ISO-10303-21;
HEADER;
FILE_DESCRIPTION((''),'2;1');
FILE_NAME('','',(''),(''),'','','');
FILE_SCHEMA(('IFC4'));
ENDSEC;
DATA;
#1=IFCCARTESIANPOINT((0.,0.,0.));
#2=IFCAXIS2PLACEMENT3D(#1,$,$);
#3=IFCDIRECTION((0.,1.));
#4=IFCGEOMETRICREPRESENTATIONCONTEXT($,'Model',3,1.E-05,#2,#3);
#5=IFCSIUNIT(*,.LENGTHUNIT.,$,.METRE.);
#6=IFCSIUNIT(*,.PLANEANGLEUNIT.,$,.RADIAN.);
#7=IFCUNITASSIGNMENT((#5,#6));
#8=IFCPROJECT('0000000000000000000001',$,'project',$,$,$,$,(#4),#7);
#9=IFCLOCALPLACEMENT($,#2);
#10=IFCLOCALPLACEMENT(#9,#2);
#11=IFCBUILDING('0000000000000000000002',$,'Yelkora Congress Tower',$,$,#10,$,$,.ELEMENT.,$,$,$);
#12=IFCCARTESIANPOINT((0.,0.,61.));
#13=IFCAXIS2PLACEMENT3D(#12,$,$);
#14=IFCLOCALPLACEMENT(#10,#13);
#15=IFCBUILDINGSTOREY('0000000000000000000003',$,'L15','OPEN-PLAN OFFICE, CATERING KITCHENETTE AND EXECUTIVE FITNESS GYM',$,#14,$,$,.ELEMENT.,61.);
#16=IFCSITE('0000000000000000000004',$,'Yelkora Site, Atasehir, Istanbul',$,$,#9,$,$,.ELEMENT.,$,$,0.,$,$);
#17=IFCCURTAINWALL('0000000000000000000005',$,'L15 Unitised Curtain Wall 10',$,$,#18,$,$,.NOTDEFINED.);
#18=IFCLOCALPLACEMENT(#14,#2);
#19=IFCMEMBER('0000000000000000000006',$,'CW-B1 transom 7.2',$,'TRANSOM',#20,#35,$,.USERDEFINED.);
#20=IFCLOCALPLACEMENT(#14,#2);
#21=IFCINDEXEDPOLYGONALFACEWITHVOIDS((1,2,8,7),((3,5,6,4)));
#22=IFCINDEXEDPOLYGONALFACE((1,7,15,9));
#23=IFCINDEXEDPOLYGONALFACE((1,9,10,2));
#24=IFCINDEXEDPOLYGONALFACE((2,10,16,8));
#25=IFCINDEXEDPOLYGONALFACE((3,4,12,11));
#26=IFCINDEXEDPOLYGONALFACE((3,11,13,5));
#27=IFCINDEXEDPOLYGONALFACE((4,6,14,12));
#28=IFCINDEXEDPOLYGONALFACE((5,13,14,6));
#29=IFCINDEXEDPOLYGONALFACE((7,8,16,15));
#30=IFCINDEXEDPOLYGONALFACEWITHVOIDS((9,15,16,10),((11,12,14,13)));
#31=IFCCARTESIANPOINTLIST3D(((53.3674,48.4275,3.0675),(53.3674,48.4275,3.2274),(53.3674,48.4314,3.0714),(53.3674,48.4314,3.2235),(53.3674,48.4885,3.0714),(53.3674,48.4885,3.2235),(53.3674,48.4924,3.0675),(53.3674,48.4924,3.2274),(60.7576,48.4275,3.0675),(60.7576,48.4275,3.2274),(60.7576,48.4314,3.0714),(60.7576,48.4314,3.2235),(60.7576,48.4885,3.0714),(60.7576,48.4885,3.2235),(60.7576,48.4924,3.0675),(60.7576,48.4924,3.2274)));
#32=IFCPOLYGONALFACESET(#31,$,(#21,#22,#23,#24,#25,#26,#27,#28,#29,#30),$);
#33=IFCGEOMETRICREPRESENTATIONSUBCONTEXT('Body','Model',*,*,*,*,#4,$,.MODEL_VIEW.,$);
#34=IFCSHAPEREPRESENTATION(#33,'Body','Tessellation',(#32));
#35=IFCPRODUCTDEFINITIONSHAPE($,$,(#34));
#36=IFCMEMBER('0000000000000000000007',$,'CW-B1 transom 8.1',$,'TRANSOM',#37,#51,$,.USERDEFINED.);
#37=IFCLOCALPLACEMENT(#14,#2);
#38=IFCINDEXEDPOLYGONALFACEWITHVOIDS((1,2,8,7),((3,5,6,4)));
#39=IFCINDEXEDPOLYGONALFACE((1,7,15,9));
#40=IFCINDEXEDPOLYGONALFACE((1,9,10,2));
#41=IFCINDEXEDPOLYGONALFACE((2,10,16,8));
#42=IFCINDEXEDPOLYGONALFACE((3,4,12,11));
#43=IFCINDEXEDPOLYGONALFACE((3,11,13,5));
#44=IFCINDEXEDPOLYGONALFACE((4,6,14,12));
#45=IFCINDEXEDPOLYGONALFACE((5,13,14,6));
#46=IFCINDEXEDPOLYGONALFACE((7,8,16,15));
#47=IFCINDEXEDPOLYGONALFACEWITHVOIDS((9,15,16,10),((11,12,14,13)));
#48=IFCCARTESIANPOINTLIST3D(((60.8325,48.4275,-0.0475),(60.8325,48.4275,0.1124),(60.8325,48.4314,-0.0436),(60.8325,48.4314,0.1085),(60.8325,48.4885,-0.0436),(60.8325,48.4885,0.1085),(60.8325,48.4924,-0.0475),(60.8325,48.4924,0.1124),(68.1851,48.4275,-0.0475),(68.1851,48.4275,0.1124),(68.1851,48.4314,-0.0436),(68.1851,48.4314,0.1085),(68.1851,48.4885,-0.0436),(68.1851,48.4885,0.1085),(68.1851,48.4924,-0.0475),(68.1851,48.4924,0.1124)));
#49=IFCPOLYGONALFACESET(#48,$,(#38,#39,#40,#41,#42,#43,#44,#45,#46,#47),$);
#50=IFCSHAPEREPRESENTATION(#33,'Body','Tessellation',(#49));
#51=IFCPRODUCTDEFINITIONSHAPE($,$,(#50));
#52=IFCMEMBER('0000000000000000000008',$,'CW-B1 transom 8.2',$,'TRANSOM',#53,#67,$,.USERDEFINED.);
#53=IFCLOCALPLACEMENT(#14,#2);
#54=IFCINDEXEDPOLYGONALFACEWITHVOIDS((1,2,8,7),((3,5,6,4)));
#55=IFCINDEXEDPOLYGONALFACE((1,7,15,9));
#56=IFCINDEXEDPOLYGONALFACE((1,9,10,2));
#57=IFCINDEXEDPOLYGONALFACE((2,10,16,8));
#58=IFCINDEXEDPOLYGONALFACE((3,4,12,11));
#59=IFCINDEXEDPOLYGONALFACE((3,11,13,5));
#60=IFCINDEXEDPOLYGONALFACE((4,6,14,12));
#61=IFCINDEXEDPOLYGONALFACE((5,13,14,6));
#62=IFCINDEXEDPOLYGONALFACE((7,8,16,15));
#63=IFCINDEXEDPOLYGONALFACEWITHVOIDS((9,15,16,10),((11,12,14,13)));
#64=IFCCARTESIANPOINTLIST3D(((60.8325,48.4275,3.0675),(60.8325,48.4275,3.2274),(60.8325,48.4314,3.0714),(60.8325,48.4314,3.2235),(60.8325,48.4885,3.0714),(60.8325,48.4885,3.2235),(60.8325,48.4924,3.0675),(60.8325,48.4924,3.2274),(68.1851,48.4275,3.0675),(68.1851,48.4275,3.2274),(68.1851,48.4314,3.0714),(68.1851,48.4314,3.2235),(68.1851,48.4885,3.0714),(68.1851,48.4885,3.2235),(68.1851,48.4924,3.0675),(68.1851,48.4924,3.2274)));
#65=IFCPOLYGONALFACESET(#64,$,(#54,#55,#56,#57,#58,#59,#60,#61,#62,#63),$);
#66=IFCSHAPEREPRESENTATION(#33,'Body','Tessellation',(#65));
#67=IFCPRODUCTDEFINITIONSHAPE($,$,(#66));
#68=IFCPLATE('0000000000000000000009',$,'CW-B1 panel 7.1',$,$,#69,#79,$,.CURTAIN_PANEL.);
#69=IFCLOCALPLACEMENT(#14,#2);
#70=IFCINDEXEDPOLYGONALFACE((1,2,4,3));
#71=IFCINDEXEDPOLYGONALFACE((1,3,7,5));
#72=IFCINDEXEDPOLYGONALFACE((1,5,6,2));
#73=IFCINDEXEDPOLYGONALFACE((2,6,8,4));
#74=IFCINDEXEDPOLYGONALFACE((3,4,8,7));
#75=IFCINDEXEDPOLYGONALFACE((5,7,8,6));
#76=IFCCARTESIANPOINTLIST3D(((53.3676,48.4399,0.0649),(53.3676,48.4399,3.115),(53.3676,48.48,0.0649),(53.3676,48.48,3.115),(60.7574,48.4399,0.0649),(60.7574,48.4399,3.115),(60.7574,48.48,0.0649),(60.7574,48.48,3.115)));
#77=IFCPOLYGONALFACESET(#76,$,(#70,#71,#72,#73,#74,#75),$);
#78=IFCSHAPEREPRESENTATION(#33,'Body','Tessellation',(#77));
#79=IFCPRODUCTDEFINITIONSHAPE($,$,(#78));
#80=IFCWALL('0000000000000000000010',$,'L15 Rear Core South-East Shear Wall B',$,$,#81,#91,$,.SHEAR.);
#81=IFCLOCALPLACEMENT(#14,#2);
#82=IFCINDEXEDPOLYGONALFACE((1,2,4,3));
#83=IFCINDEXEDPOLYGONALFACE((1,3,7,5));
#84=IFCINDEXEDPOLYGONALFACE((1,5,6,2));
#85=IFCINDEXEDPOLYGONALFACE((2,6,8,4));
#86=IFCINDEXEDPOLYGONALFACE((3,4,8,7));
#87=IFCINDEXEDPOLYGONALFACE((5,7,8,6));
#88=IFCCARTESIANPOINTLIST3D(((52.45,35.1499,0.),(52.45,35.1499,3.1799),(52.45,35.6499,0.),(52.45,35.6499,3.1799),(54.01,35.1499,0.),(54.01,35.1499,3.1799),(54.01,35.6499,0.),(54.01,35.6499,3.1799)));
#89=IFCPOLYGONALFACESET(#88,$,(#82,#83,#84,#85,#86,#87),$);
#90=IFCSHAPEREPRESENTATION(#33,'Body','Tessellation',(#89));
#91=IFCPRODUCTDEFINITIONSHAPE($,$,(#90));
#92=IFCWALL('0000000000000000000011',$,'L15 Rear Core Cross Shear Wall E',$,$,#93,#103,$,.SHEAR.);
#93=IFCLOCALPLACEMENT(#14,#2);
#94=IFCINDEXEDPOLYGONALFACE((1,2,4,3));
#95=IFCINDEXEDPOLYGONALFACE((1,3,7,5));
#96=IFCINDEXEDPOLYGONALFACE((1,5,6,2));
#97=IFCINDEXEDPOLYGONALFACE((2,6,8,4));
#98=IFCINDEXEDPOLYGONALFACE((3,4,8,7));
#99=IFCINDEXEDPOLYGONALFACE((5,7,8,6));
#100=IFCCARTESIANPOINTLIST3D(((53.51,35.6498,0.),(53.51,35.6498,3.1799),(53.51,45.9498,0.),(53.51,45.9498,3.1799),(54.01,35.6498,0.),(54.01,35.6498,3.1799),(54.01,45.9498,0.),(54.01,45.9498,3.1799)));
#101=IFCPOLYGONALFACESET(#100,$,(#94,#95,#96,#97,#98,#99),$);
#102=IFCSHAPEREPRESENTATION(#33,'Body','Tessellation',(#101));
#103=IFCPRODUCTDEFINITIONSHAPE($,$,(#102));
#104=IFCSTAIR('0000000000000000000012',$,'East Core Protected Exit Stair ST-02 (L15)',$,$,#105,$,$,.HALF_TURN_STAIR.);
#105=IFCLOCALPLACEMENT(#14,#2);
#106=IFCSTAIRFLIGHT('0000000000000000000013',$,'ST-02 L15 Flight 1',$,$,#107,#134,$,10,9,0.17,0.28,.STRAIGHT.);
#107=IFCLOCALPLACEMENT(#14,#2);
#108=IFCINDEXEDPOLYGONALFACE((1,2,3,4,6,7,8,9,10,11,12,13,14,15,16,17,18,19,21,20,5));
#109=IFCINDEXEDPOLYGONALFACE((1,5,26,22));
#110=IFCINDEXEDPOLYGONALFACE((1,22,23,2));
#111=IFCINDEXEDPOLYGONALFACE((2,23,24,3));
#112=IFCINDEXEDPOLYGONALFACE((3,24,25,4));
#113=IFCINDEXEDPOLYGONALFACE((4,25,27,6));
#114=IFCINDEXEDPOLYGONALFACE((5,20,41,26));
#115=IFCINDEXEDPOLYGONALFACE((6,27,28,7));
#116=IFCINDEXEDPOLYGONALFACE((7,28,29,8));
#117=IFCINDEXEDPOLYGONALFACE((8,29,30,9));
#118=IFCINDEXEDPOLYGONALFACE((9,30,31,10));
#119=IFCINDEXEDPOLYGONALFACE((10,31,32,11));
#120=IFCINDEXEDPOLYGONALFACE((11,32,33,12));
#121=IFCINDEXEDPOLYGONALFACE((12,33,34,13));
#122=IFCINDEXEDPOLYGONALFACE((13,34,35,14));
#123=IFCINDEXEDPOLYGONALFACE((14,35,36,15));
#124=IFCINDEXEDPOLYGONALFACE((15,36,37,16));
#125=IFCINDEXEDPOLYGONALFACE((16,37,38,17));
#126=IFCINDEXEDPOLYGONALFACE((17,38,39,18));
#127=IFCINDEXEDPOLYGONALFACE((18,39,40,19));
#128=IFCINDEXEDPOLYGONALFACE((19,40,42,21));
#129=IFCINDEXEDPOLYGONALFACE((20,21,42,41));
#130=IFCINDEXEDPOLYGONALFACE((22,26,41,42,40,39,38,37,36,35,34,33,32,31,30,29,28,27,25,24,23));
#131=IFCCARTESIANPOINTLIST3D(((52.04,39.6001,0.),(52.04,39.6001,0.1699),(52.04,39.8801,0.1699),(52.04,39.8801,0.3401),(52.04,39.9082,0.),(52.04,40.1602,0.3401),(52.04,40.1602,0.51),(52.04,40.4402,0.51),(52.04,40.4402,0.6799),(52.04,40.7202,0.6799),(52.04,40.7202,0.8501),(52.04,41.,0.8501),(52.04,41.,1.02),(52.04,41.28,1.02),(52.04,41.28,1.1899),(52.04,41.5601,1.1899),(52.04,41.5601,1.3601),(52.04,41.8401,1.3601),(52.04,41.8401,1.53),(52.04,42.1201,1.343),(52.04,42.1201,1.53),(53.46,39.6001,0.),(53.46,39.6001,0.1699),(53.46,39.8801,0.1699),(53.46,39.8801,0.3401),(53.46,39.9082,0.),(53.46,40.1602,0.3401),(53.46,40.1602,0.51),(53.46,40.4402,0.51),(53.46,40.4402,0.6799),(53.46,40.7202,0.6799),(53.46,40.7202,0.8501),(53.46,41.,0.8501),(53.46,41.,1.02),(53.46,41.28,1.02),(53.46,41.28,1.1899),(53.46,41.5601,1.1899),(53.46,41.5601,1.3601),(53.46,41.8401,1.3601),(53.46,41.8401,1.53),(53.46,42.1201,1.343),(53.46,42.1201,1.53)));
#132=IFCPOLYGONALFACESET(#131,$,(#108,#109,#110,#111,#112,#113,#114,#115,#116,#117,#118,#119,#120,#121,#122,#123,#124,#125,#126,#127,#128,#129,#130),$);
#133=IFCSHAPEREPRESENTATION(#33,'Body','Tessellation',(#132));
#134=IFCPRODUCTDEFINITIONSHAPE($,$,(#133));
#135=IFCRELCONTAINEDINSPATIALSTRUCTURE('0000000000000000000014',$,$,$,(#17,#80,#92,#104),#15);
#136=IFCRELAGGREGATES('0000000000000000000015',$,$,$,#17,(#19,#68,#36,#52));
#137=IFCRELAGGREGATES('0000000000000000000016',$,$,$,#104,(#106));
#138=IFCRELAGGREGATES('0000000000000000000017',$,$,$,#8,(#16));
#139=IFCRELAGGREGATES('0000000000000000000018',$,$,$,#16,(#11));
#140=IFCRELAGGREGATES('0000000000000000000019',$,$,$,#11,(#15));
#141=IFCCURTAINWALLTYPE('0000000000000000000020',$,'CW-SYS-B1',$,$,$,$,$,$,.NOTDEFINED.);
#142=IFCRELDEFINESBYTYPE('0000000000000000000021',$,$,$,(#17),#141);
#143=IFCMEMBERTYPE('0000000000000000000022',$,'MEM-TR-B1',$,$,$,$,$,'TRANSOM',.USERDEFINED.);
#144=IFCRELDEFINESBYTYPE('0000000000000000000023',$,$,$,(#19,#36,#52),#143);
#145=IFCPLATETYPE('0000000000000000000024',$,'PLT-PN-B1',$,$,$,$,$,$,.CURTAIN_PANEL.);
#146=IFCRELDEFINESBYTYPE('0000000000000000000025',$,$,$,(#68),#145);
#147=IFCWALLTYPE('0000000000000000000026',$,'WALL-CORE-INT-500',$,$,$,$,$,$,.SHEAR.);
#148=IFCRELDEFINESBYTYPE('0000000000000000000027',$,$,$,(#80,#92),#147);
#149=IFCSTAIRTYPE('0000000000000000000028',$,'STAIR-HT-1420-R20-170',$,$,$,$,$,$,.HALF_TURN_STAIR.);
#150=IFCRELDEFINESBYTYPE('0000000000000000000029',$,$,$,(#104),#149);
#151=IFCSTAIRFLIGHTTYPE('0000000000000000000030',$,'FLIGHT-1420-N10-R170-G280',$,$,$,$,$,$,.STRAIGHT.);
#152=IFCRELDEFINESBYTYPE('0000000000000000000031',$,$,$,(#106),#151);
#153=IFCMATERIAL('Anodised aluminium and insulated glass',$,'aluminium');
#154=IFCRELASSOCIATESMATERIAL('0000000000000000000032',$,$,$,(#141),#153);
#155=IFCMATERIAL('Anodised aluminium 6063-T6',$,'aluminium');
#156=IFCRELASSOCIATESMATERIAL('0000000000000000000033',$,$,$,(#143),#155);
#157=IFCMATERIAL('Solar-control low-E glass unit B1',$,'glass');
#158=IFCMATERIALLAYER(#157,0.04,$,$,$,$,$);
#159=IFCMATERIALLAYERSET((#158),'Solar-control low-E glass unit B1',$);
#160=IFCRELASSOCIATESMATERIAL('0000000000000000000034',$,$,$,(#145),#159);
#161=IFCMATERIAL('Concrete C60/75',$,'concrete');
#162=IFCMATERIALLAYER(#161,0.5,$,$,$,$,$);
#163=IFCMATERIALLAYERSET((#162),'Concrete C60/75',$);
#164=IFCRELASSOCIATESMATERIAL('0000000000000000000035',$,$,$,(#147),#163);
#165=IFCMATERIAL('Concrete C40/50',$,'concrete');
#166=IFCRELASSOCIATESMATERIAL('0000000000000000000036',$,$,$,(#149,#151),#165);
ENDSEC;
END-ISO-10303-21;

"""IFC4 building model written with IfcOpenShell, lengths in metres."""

from ifc_helpers import new_model, si_unit, direction, frame, frame_2d, origin, origin_2d, place, context, subcontext, project, spatial, polyline, rectangle, hollow_rectangle, outline, extrude, material, layer, layer_set, material_profile, profile_set, type_object, element, aggregate, save


model = new_model("IFC4")

# Units and contexts
model_context = context("Model", 3, precision=1e-05, world=origin(), true_north=direction((0.0, 1.0)))
body_context = subcontext(model_context, "Body", "Model", "MODEL_VIEW")
ifc_project = project(units=[si_unit("LENGTHUNIT", "METRE"), si_unit("PLANEANGLEUNIT", "RADIAN")], contexts=[model_context])

# Site, building, storey
site_placement = place(None, origin())
site = spatial("IfcSite", under=ifc_project, at=site_placement, Name="Yelkora Site, Atasehir, Istanbul", CompositionType="ELEMENT", RefElevation=0.0)
building_placement = place(site_placement, origin())
building = spatial("IfcBuilding", under=site, at=building_placement, Name="Yelkora Congress Tower", CompositionType="ELEMENT")
storey_placement = place(building_placement, frame((0.0, 0.0, 61.0)))
storey = spatial("IfcBuildingStorey", under=building, at=storey_placement, Name="L15", Description="OPEN-PLAN OFFICE, CATERING KITCHENETTE AND EXECUTIVE FITNESS GYM", CompositionType="ELEMENT", Elevation=61.0)

# Shared definitions
ifc_material_1 = material(Name="Concrete C60/75", Category="concrete")

# Curtain wall, members, plate
ifc_material_2 = material(Name="Anodised aluminium and insulated glass", Category="aluminium")
curtain_wall_type = type_object("IfcCurtainWallType", Name="CW-SYS-B1", PredefinedType="NOTDEFINED", material=ifc_material_2)
curtain_wall_placement = place(storey_placement, origin())
curtain_wall = element("IfcCurtainWall", 1, at=curtain_wall_placement, inside=storey, type_object=curtain_wall_type, Name="L15 Unitised Curtain Wall 10", PredefinedType="NOTDEFINED")
ifc_material_3 = material(Name="Anodised aluminium 6063-T6", Category="aluminium")
ifc_material_profile_1 = material_profile(ifc_material_3, hollow_rectangle(XDim=0.0649, YDim=0.1599, WallThickness=0.0039, at=origin_2d()), Name="ALU 65x160x4")
ifc_profile_set_1 = profile_set([ifc_material_profile_1], Name="Anodised aluminium 6063-T6")
member_type_1 = type_object("IfcMemberType", Name="MEM-TR-B1", ElementType="TRANSOM", PredefinedType="USERDEFINED", material=ifc_profile_set_1)
member_1_placement = place(storey_placement, frame((53.3674, 48.46, 3.1475), z_axis=(1.0, 0.0, 0.0), x_axis=(0.0, 1.0, 0.0)))
member_1 = element("IfcMember", 2, at=member_1_placement, type_object=member_type_1, Name="CW-B1 transom 7.2", ObjectType="TRANSOM", PredefinedType="USERDEFINED", context=body_context, shape_type="SweptSolid", body=[
    extrude(hollow_rectangle(XDim=0.0649, YDim=0.1599, WallThickness=0.0039, at=origin_2d()), origin(), (0.0, 0.0, 1.0), 7.3901),
])
member_2_placement = place(storey_placement, frame((60.8325, 48.46, 0.0325), z_axis=(1.0, 0.0, 0.0), x_axis=(0.0, 1.0, 0.0)))
member_2 = element("IfcMember", 3, at=member_2_placement, type_object=member_type_1, Name="CW-B1 transom 8.1", ObjectType="TRANSOM", PredefinedType="USERDEFINED", context=body_context, shape_type="SweptSolid", body=[
    extrude(hollow_rectangle(XDim=0.0649, YDim=0.1599, WallThickness=0.0039, at=origin_2d()), origin(), (0.0, 0.0, 1.0), 7.3525),
])
member_3_placement = place(storey_placement, frame((60.8325, 48.46, 3.1475), z_axis=(1.0, 0.0, 0.0), x_axis=(0.0, 1.0, 0.0)))
member_3 = element("IfcMember", 4, at=member_3_placement, type_object=member_type_1, Name="CW-B1 transom 8.2", ObjectType="TRANSOM", PredefinedType="USERDEFINED", context=body_context, shape_type="SweptSolid", body=[
    extrude(hollow_rectangle(XDim=0.0649, YDim=0.1599, WallThickness=0.0039, at=origin_2d()), origin(), (0.0, 0.0, 1.0), 7.3525),
])
ifc_material_4 = material(Name="Solar-control low-E glass unit B1", Category="glass")
ifc_layer_1 = layer(ifc_material_4, 0.04)
ifc_layer_set_1 = layer_set([ifc_layer_1], Name="Solar-control low-E glass unit B1")
plate_type = type_object("IfcPlateType", Name="PLT-PN-B1", PredefinedType="CURTAIN_PANEL", material=ifc_layer_set_1)
plate_placement = place(storey_placement, frame((57.0625, 48.46, 0.0649), z_axis=(0.0, 0.0, 1.0), x_axis=(1.0, 0.0, 0.0)))
plate = element("IfcPlate", 5, at=plate_placement, type_object=plate_type, Name="CW-B1 panel 7.1", PredefinedType="CURTAIN_PANEL", context=body_context, shape_type="SweptSolid", body=[
    extrude(rectangle(XDim=7.3899, YDim=0.04, at=origin_2d()), origin(), (0.0, 0.0, 1.0), 3.05),
])
aggregate(curtain_wall, [member_1, plate, member_2, member_3])

# Walls
ifc_layer_2 = layer(ifc_material_1, 0.5)
ifc_layer_set_2 = layer_set([ifc_layer_2], Name="Concrete C60/75")
wall_type = type_object("IfcWallType", Name="WALL-CORE-INT-500", PredefinedType="SHEAR", material=ifc_layer_set_2)
wall_1_placement = place(storey_placement, frame((52.45, 35.3999, 0.0), z_axis=(0.0, 0.0, 1.0), x_axis=(1.0, 0.0, 0.0)))
element("IfcWall", 6, at=wall_1_placement, inside=storey, type_object=wall_type, Name="L15 Rear Core South-East Shear Wall B", PredefinedType="SHEAR", context=body_context, shape_type="SweptSolid", body=[
    extrude(rectangle(XDim=1.5601, YDim=0.5, at=frame_2d((0.78, 0.0))), origin(), (0.0, 0.0, 1.0), 3.1799),
])
wall_2_placement = place(storey_placement, frame((53.76, 35.6499, 0.0), z_axis=(0.0, 0.0, 1.0), x_axis=(0.0, 1.0, 0.0)))
element("IfcWall", 7, at=wall_2_placement, inside=storey, type_object=wall_type, Name="L15 Rear Core Cross Shear Wall E", PredefinedType="SHEAR", context=body_context, shape_type="SweptSolid", body=[
    extrude(rectangle(XDim=10.3, YDim=0.5, at=frame_2d((5.1499, 0.0))), origin(), (0.0, 0.0, 1.0), 3.1799),
])

# Stair, stair flight
ifc_material_5 = material(Name="Concrete C40/50", Category="concrete")
stair_type = type_object("IfcStairType", Name="STAIR-HT-1420-R20-170", PredefinedType="HALF_TURN_STAIR", material=ifc_material_5)
stair_placement = place(storey_placement, origin())
stair = element("IfcStair", 8, at=stair_placement, inside=storey, type_object=stair_type, Name="East Core Protected Exit Stair ST-02 (L15)", PredefinedType="HALF_TURN_STAIR")
stair_flight_type = type_object("IfcStairFlightType", Name="FLIGHT-1420-N10-R170-G280", PredefinedType="STRAIGHT", material=ifc_material_5)
stair_flight_placement = place(storey_placement, frame((52.75, 39.6001, 0.0), z_axis=(0.0, 0.0, 1.0), x_axis=(0.0, 1.0, 0.0)))
stair_flight = element("IfcStairFlight", 9, at=stair_flight_placement, type_object=stair_flight_type, Name="ST-02 L15 Flight 1", NumberOfRisers=10, NumberOfTreads=9, PredefinedType="STRAIGHT", RiserHeight=0.17, TreadLength=0.28, context=body_context, shape_type="SweptSolid", body=[
    extrude(outline(polyline([(0.0, 0.0), (0.0, 0.1699), (0.28, 0.1699), (0.28, 0.3401), (0.5601, 0.3401), (0.5601, 0.51), (0.8401, 0.51), (0.8401, 0.6799), (1.1201, 0.6799), (1.1201, 0.8501), (1.3999, 0.8501), (1.3999, 1.02), (1.6799, 1.02), (1.6799, 1.1899), (1.96, 1.1899), (1.96, 1.3601), (2.24, 1.3601), (2.24, 1.53), (2.52, 1.53), (2.52, 1.7), (2.52, 1.343), (0.3081, 0.0), (0.0, 0.0)])), frame((0.0, 0.71, 0.0), z_axis=(0.0, -1.0, 0.0), x_axis=(1.0, 0.0, 0.0)), (0.0, 0.0, 1.0), 1.4199),
])
aggregate(stair, [stair_flight])

save(model, "model.ifc")
